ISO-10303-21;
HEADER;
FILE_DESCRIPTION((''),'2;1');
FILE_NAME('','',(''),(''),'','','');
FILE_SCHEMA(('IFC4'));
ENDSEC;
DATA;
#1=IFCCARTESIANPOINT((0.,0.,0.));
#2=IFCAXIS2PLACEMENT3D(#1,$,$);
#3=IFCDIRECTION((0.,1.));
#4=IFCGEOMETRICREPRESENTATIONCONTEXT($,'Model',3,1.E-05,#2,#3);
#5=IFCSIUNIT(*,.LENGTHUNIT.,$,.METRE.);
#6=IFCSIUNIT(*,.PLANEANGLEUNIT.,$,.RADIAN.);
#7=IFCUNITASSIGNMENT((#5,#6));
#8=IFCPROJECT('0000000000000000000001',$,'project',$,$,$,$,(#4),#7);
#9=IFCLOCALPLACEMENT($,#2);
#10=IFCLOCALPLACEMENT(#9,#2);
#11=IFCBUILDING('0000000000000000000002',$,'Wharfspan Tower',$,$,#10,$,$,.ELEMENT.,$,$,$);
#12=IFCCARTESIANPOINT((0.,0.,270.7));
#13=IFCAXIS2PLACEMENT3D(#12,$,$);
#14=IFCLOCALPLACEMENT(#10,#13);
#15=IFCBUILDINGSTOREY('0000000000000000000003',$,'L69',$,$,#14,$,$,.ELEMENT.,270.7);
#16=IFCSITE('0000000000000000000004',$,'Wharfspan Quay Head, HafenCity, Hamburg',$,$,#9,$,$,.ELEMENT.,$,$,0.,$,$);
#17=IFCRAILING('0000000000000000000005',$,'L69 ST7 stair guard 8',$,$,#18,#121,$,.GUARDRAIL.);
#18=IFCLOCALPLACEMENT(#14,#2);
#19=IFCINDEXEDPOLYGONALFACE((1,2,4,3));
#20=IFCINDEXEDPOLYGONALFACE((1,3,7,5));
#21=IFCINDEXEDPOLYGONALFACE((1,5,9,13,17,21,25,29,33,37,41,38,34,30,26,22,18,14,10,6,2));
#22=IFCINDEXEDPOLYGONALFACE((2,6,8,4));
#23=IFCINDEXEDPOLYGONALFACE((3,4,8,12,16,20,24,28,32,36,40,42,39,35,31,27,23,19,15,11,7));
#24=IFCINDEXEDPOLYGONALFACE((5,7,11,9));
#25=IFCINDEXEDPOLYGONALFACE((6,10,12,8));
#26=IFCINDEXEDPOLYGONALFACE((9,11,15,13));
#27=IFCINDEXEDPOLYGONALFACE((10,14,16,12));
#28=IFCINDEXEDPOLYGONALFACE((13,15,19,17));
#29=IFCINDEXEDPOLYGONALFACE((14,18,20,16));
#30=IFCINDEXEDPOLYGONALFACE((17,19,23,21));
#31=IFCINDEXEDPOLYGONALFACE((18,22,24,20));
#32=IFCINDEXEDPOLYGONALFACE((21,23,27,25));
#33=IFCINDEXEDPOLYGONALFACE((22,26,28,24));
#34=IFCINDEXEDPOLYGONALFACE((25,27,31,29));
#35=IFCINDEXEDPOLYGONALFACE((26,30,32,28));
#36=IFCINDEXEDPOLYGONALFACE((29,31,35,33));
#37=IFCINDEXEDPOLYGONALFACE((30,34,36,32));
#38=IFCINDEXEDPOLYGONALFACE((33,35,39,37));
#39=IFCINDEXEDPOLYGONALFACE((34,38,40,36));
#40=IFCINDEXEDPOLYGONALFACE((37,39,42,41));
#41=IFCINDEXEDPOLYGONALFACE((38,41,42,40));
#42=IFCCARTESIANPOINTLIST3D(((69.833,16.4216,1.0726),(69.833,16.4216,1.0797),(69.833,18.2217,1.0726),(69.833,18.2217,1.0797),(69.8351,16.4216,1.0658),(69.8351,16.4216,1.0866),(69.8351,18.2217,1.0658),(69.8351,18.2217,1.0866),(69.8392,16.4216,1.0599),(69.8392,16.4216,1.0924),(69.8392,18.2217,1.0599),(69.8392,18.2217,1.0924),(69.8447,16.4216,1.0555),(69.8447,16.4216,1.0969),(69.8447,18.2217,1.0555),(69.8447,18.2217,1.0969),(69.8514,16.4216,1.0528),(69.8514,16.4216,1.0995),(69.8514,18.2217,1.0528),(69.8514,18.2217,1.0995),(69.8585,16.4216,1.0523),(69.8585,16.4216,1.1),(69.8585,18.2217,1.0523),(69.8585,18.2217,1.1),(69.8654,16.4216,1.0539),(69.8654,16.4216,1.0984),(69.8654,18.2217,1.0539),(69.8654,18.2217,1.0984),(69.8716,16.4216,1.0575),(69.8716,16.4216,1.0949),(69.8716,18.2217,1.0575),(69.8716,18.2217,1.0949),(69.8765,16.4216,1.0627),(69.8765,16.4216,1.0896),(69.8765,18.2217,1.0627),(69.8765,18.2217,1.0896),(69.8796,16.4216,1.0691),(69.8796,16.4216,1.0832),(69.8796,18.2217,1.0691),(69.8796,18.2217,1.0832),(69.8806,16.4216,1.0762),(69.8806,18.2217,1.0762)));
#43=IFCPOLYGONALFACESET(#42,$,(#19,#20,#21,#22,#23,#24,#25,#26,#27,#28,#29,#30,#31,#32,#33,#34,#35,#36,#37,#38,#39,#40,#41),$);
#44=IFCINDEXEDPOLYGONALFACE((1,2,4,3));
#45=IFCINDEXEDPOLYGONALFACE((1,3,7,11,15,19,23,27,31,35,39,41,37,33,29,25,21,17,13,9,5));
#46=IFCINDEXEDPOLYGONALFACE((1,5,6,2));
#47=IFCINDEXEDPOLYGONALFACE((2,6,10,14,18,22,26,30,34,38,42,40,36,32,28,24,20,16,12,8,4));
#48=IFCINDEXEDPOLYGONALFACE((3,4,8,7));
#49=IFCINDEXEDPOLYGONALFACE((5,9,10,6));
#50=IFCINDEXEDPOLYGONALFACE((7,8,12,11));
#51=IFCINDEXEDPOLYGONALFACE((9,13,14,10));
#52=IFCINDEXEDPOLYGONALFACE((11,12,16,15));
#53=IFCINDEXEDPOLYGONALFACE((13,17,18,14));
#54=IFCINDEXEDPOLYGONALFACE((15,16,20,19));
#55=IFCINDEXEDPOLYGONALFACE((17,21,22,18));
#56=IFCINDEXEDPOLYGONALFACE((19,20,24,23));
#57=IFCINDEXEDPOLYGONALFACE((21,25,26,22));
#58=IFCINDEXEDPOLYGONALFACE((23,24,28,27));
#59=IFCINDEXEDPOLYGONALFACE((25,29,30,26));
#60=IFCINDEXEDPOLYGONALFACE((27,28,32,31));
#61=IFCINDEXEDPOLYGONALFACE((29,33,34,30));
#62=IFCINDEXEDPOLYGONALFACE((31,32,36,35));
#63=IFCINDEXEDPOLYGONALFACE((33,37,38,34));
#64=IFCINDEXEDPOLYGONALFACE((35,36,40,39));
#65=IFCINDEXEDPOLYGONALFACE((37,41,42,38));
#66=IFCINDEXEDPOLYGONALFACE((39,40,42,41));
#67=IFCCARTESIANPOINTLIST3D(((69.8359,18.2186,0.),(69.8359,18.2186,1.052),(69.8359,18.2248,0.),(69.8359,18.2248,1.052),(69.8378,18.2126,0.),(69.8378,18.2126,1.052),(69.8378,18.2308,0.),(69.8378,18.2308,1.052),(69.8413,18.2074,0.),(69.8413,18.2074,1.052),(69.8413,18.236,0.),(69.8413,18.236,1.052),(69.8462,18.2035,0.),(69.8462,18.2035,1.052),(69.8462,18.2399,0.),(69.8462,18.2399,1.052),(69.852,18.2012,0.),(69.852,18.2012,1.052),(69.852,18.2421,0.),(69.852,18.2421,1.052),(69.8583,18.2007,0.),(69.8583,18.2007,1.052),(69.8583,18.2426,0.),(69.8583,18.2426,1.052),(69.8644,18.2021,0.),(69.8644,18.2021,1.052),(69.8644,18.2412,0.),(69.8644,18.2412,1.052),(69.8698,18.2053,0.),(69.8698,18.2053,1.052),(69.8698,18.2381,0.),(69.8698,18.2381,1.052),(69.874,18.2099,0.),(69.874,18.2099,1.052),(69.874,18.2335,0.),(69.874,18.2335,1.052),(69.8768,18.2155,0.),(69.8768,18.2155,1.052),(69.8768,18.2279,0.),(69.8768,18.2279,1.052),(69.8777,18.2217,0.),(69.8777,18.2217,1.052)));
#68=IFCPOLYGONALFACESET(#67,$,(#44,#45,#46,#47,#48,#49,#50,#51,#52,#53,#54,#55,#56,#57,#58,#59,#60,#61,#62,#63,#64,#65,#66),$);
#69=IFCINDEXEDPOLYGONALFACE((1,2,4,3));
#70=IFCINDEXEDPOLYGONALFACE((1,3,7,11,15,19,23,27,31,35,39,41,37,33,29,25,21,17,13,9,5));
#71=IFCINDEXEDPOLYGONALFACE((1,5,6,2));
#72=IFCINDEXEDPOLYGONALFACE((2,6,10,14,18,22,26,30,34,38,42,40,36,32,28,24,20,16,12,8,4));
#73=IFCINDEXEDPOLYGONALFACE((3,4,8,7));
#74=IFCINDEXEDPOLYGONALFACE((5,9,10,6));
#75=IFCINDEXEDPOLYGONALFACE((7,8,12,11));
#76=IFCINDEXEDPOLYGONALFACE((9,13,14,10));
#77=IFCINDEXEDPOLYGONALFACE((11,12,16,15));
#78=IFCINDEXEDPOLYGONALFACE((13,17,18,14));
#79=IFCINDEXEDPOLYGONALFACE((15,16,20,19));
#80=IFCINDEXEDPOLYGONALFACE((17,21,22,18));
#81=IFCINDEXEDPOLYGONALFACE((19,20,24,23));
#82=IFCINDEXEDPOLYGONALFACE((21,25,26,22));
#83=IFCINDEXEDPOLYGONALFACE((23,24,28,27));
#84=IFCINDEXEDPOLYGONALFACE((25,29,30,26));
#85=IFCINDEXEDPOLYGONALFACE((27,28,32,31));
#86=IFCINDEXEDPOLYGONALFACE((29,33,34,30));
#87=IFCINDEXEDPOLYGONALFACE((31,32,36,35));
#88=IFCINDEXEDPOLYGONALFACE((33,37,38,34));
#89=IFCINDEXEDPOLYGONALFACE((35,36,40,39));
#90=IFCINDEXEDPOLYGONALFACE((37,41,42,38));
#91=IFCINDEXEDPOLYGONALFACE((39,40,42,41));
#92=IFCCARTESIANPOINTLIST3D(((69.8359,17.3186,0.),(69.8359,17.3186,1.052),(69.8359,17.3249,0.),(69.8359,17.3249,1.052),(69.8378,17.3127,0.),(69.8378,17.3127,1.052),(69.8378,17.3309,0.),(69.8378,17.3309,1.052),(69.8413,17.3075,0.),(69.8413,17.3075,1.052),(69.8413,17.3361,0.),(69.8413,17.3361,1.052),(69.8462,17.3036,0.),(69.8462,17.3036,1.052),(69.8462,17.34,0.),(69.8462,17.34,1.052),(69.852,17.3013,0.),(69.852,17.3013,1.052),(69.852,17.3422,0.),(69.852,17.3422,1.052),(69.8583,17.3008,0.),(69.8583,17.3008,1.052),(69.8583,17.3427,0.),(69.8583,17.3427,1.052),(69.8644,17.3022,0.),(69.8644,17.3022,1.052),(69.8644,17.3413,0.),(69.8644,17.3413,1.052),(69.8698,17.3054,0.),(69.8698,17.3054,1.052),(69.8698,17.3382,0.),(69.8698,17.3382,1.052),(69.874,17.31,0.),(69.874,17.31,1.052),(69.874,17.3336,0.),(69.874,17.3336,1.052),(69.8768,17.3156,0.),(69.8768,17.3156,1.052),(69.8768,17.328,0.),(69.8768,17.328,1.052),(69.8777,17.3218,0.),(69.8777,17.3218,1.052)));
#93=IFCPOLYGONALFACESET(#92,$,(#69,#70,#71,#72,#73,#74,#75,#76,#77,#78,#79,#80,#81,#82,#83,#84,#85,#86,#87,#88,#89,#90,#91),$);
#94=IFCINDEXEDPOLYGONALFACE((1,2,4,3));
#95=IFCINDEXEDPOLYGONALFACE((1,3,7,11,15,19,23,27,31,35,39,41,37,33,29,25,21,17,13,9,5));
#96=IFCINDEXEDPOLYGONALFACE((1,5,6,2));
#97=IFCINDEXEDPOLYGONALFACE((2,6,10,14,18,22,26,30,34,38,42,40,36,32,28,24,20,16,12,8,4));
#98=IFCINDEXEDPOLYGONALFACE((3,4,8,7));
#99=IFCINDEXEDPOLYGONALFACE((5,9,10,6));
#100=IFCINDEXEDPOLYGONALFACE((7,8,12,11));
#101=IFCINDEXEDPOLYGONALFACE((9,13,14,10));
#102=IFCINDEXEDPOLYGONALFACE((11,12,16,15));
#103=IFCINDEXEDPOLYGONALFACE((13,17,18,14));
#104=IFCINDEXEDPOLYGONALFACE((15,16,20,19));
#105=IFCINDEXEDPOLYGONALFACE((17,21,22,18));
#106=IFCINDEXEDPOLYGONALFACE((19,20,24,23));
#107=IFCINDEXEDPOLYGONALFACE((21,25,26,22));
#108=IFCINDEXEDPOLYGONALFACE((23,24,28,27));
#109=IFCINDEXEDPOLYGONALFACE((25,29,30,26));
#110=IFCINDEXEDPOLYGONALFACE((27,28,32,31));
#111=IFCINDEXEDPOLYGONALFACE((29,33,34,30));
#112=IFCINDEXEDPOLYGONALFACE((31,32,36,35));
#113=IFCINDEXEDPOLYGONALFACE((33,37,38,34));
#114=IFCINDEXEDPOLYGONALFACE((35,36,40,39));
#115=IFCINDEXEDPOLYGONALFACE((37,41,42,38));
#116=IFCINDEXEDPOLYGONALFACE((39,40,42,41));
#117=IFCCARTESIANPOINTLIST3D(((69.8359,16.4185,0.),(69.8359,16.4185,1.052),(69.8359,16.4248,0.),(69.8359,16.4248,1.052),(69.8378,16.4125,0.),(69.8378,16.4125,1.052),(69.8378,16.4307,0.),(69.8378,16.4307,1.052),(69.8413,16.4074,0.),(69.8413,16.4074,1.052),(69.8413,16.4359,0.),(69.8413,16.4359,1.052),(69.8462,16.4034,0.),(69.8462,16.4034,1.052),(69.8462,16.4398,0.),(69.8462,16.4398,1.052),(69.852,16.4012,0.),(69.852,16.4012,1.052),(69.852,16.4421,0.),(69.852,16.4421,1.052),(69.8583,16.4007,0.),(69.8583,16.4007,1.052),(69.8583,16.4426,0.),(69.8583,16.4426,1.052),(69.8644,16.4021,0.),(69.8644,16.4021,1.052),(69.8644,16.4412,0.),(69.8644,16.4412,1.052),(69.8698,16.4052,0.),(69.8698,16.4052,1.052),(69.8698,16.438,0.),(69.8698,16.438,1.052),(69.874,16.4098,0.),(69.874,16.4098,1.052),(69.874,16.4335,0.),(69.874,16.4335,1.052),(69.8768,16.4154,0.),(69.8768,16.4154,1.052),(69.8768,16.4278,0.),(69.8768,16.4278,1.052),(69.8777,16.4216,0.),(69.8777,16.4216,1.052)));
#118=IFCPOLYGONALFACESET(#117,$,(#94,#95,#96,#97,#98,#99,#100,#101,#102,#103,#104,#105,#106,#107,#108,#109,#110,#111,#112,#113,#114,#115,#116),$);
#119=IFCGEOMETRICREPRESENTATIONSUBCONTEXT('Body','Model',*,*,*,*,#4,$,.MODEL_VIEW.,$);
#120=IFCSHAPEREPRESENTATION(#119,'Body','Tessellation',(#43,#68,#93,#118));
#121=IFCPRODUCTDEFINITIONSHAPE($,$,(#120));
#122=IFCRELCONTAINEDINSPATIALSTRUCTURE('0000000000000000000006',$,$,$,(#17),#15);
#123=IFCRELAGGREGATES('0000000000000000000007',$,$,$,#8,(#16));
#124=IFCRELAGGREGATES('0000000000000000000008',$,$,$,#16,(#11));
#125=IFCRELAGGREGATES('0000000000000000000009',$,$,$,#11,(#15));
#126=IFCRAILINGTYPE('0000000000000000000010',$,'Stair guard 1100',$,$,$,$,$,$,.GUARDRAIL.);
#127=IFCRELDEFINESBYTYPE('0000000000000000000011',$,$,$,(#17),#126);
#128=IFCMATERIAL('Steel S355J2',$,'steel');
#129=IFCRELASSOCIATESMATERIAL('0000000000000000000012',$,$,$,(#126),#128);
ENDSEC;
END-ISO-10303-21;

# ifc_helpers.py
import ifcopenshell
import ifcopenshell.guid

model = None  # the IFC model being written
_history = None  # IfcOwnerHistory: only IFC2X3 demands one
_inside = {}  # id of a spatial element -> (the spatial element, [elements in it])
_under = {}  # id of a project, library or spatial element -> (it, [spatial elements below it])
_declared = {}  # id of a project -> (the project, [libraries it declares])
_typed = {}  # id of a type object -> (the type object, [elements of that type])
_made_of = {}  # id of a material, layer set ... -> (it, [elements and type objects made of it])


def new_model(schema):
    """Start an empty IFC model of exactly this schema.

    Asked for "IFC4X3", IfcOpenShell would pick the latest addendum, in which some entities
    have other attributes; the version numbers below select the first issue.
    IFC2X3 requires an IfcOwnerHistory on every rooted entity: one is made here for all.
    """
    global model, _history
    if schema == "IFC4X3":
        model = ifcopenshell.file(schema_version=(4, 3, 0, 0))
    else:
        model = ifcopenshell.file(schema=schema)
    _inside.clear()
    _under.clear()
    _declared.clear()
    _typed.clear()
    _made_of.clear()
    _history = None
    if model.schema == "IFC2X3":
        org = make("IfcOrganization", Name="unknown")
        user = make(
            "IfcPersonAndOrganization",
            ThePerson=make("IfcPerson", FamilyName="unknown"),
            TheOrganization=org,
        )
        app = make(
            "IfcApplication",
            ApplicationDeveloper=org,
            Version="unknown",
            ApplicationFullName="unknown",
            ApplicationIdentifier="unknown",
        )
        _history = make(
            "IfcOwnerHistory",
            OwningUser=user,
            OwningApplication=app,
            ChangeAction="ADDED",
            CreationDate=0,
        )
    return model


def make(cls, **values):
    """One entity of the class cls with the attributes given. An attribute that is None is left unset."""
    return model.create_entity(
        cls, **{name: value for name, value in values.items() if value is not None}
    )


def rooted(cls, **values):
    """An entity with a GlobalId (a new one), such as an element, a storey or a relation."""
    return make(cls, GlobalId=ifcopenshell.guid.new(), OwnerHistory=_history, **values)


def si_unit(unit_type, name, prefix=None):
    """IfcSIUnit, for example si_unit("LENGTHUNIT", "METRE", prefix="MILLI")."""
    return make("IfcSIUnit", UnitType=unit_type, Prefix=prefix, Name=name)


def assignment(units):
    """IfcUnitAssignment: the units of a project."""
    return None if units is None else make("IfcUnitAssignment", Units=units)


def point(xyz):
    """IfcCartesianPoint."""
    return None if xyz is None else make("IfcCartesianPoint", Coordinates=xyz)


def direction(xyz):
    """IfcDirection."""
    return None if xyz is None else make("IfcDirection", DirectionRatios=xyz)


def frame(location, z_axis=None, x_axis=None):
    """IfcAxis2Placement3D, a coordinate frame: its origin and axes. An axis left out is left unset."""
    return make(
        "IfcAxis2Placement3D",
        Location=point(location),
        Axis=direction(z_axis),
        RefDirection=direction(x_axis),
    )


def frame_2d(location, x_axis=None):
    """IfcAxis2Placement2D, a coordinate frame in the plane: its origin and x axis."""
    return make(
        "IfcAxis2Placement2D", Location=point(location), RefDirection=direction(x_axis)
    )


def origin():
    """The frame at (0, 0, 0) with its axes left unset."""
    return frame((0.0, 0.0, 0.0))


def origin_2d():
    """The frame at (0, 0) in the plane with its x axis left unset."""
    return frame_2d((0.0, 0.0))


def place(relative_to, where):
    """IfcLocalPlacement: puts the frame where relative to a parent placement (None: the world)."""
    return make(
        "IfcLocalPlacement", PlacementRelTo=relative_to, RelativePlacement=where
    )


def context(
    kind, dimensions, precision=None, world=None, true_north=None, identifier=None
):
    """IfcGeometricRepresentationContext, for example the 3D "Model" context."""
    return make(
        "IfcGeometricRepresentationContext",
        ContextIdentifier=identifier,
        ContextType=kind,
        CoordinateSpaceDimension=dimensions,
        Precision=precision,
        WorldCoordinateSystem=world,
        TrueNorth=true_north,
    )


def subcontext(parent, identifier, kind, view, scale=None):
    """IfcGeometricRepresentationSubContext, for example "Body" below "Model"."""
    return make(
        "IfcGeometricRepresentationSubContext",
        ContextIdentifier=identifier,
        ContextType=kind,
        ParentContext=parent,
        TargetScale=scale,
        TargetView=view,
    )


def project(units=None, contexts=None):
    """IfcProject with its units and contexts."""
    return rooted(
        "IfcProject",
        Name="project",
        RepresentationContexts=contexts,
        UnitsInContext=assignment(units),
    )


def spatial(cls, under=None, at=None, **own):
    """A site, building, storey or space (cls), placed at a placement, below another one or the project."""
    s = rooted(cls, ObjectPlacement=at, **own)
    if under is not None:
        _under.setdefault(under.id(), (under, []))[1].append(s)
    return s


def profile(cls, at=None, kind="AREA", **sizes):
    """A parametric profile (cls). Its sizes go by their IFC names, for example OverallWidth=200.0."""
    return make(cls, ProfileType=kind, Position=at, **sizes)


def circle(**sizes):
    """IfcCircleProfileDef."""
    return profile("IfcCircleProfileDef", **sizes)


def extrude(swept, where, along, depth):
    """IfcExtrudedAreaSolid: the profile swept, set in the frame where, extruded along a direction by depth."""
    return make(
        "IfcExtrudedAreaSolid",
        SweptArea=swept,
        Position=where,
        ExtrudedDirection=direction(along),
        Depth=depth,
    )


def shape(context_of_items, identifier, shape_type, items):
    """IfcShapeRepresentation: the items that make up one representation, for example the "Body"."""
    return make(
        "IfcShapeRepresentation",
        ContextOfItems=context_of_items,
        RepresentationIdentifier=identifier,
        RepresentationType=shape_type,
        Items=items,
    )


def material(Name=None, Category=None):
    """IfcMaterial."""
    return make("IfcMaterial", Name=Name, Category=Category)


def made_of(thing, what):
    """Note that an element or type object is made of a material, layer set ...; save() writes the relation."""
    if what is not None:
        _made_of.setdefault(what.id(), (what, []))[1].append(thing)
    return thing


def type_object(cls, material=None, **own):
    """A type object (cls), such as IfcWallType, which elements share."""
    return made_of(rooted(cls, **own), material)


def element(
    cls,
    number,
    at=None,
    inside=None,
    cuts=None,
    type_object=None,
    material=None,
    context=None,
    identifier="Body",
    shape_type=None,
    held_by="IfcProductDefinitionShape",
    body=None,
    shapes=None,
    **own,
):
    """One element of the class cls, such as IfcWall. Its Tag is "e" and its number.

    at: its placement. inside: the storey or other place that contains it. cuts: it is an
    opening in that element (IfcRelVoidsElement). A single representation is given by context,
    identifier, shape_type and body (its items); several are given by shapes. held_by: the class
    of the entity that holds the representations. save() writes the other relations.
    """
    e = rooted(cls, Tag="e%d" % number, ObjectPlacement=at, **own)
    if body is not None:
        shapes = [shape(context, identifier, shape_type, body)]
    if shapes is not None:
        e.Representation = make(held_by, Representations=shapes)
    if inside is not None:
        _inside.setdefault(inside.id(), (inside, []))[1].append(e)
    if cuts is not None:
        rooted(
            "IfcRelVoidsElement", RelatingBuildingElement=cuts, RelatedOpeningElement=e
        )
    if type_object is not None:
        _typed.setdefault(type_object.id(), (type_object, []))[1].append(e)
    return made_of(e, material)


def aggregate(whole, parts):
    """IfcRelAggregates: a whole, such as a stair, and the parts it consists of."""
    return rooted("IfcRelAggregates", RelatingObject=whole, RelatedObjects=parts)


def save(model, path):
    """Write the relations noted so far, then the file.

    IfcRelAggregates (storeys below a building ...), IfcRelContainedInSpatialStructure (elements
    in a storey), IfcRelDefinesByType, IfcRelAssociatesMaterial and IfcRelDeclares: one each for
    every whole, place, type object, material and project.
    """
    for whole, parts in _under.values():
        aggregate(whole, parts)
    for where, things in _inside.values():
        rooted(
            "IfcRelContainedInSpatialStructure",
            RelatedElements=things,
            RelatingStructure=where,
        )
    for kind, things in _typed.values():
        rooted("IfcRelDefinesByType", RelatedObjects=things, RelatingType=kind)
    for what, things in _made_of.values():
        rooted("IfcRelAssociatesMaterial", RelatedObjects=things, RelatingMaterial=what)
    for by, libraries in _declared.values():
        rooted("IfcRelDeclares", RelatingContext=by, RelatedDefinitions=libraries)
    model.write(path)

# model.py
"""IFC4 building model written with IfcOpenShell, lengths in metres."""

from ifc_helpers import new_model, si_unit, direction, frame, origin, origin_2d, place, context, subcontext, project, spatial, circle, extrude, material, type_object, element, save


model = new_model("IFC4")

# Units and contexts
model_context = context("Model", 3, precision=1e-05, world=origin(), true_north=direction((0.0, 1.0)))
body_context = subcontext(model_context, "Body", "Model", "MODEL_VIEW")
ifc_project = project(units=[si_unit("LENGTHUNIT", "METRE"), si_unit("PLANEANGLEUNIT", "RADIAN")], contexts=[model_context])

# Site, building, storey
site_placement = place(None, origin())
site = spatial("IfcSite", under=ifc_project, at=site_placement, Name="Wharfspan Quay Head, HafenCity, Hamburg", CompositionType="ELEMENT", RefElevation=0.0)
building_placement = place(site_placement, origin())
building = spatial("IfcBuilding", under=site, at=building_placement, Name="Wharfspan Tower", CompositionType="ELEMENT")
storey_placement = place(building_placement, frame((0.0, 0.0, 270.7)))
storey = spatial("IfcBuildingStorey", under=building, at=storey_placement, Name="L69", CompositionType="ELEMENT", Elevation=270.7)

# Shared definitions
ifc_material_1 = material(Name="Steel S355J2", Category="steel")

# Railing
railing_type_1 = type_object("IfcRailingType", Name="Stair guard 1100", PredefinedType="GUARDRAIL", material=ifc_material_1)
railing_1_placement = place(storey_placement, frame((69.8567, 18.2217, 0.0)))
element("IfcRailing", 1, at=railing_1_placement, inside=storey, type_object=railing_type_1, Name="L69 ST7 stair guard 8", PredefinedType="GUARDRAIL", context=body_context, shape_type="SweptSolid", body=[
    extrude(circle(Radius=0.0239, at=origin_2d()), frame((0.0, 0.0, 1.0762), z_axis=(0.0, -1.0, 0.0), x_axis=(1.0, 0.0, 0.0)), (0.0, 0.0, 1.0), 1.8),
    extrude(circle(Radius=0.021, at=origin_2d()), origin(), (0.0, 0.0, 1.0), 1.052),
    extrude(circle(Radius=0.021, at=origin_2d()), frame((0.0, -0.8999, 0.0)), (0.0, 0.0, 1.0), 1.052),
    extrude(circle(Radius=0.021, at=origin_2d()), frame((0.0, -1.8, 0.0)), (0.0, 0.0, 1.0), 1.052),
])

save(model, "model.ifc")
